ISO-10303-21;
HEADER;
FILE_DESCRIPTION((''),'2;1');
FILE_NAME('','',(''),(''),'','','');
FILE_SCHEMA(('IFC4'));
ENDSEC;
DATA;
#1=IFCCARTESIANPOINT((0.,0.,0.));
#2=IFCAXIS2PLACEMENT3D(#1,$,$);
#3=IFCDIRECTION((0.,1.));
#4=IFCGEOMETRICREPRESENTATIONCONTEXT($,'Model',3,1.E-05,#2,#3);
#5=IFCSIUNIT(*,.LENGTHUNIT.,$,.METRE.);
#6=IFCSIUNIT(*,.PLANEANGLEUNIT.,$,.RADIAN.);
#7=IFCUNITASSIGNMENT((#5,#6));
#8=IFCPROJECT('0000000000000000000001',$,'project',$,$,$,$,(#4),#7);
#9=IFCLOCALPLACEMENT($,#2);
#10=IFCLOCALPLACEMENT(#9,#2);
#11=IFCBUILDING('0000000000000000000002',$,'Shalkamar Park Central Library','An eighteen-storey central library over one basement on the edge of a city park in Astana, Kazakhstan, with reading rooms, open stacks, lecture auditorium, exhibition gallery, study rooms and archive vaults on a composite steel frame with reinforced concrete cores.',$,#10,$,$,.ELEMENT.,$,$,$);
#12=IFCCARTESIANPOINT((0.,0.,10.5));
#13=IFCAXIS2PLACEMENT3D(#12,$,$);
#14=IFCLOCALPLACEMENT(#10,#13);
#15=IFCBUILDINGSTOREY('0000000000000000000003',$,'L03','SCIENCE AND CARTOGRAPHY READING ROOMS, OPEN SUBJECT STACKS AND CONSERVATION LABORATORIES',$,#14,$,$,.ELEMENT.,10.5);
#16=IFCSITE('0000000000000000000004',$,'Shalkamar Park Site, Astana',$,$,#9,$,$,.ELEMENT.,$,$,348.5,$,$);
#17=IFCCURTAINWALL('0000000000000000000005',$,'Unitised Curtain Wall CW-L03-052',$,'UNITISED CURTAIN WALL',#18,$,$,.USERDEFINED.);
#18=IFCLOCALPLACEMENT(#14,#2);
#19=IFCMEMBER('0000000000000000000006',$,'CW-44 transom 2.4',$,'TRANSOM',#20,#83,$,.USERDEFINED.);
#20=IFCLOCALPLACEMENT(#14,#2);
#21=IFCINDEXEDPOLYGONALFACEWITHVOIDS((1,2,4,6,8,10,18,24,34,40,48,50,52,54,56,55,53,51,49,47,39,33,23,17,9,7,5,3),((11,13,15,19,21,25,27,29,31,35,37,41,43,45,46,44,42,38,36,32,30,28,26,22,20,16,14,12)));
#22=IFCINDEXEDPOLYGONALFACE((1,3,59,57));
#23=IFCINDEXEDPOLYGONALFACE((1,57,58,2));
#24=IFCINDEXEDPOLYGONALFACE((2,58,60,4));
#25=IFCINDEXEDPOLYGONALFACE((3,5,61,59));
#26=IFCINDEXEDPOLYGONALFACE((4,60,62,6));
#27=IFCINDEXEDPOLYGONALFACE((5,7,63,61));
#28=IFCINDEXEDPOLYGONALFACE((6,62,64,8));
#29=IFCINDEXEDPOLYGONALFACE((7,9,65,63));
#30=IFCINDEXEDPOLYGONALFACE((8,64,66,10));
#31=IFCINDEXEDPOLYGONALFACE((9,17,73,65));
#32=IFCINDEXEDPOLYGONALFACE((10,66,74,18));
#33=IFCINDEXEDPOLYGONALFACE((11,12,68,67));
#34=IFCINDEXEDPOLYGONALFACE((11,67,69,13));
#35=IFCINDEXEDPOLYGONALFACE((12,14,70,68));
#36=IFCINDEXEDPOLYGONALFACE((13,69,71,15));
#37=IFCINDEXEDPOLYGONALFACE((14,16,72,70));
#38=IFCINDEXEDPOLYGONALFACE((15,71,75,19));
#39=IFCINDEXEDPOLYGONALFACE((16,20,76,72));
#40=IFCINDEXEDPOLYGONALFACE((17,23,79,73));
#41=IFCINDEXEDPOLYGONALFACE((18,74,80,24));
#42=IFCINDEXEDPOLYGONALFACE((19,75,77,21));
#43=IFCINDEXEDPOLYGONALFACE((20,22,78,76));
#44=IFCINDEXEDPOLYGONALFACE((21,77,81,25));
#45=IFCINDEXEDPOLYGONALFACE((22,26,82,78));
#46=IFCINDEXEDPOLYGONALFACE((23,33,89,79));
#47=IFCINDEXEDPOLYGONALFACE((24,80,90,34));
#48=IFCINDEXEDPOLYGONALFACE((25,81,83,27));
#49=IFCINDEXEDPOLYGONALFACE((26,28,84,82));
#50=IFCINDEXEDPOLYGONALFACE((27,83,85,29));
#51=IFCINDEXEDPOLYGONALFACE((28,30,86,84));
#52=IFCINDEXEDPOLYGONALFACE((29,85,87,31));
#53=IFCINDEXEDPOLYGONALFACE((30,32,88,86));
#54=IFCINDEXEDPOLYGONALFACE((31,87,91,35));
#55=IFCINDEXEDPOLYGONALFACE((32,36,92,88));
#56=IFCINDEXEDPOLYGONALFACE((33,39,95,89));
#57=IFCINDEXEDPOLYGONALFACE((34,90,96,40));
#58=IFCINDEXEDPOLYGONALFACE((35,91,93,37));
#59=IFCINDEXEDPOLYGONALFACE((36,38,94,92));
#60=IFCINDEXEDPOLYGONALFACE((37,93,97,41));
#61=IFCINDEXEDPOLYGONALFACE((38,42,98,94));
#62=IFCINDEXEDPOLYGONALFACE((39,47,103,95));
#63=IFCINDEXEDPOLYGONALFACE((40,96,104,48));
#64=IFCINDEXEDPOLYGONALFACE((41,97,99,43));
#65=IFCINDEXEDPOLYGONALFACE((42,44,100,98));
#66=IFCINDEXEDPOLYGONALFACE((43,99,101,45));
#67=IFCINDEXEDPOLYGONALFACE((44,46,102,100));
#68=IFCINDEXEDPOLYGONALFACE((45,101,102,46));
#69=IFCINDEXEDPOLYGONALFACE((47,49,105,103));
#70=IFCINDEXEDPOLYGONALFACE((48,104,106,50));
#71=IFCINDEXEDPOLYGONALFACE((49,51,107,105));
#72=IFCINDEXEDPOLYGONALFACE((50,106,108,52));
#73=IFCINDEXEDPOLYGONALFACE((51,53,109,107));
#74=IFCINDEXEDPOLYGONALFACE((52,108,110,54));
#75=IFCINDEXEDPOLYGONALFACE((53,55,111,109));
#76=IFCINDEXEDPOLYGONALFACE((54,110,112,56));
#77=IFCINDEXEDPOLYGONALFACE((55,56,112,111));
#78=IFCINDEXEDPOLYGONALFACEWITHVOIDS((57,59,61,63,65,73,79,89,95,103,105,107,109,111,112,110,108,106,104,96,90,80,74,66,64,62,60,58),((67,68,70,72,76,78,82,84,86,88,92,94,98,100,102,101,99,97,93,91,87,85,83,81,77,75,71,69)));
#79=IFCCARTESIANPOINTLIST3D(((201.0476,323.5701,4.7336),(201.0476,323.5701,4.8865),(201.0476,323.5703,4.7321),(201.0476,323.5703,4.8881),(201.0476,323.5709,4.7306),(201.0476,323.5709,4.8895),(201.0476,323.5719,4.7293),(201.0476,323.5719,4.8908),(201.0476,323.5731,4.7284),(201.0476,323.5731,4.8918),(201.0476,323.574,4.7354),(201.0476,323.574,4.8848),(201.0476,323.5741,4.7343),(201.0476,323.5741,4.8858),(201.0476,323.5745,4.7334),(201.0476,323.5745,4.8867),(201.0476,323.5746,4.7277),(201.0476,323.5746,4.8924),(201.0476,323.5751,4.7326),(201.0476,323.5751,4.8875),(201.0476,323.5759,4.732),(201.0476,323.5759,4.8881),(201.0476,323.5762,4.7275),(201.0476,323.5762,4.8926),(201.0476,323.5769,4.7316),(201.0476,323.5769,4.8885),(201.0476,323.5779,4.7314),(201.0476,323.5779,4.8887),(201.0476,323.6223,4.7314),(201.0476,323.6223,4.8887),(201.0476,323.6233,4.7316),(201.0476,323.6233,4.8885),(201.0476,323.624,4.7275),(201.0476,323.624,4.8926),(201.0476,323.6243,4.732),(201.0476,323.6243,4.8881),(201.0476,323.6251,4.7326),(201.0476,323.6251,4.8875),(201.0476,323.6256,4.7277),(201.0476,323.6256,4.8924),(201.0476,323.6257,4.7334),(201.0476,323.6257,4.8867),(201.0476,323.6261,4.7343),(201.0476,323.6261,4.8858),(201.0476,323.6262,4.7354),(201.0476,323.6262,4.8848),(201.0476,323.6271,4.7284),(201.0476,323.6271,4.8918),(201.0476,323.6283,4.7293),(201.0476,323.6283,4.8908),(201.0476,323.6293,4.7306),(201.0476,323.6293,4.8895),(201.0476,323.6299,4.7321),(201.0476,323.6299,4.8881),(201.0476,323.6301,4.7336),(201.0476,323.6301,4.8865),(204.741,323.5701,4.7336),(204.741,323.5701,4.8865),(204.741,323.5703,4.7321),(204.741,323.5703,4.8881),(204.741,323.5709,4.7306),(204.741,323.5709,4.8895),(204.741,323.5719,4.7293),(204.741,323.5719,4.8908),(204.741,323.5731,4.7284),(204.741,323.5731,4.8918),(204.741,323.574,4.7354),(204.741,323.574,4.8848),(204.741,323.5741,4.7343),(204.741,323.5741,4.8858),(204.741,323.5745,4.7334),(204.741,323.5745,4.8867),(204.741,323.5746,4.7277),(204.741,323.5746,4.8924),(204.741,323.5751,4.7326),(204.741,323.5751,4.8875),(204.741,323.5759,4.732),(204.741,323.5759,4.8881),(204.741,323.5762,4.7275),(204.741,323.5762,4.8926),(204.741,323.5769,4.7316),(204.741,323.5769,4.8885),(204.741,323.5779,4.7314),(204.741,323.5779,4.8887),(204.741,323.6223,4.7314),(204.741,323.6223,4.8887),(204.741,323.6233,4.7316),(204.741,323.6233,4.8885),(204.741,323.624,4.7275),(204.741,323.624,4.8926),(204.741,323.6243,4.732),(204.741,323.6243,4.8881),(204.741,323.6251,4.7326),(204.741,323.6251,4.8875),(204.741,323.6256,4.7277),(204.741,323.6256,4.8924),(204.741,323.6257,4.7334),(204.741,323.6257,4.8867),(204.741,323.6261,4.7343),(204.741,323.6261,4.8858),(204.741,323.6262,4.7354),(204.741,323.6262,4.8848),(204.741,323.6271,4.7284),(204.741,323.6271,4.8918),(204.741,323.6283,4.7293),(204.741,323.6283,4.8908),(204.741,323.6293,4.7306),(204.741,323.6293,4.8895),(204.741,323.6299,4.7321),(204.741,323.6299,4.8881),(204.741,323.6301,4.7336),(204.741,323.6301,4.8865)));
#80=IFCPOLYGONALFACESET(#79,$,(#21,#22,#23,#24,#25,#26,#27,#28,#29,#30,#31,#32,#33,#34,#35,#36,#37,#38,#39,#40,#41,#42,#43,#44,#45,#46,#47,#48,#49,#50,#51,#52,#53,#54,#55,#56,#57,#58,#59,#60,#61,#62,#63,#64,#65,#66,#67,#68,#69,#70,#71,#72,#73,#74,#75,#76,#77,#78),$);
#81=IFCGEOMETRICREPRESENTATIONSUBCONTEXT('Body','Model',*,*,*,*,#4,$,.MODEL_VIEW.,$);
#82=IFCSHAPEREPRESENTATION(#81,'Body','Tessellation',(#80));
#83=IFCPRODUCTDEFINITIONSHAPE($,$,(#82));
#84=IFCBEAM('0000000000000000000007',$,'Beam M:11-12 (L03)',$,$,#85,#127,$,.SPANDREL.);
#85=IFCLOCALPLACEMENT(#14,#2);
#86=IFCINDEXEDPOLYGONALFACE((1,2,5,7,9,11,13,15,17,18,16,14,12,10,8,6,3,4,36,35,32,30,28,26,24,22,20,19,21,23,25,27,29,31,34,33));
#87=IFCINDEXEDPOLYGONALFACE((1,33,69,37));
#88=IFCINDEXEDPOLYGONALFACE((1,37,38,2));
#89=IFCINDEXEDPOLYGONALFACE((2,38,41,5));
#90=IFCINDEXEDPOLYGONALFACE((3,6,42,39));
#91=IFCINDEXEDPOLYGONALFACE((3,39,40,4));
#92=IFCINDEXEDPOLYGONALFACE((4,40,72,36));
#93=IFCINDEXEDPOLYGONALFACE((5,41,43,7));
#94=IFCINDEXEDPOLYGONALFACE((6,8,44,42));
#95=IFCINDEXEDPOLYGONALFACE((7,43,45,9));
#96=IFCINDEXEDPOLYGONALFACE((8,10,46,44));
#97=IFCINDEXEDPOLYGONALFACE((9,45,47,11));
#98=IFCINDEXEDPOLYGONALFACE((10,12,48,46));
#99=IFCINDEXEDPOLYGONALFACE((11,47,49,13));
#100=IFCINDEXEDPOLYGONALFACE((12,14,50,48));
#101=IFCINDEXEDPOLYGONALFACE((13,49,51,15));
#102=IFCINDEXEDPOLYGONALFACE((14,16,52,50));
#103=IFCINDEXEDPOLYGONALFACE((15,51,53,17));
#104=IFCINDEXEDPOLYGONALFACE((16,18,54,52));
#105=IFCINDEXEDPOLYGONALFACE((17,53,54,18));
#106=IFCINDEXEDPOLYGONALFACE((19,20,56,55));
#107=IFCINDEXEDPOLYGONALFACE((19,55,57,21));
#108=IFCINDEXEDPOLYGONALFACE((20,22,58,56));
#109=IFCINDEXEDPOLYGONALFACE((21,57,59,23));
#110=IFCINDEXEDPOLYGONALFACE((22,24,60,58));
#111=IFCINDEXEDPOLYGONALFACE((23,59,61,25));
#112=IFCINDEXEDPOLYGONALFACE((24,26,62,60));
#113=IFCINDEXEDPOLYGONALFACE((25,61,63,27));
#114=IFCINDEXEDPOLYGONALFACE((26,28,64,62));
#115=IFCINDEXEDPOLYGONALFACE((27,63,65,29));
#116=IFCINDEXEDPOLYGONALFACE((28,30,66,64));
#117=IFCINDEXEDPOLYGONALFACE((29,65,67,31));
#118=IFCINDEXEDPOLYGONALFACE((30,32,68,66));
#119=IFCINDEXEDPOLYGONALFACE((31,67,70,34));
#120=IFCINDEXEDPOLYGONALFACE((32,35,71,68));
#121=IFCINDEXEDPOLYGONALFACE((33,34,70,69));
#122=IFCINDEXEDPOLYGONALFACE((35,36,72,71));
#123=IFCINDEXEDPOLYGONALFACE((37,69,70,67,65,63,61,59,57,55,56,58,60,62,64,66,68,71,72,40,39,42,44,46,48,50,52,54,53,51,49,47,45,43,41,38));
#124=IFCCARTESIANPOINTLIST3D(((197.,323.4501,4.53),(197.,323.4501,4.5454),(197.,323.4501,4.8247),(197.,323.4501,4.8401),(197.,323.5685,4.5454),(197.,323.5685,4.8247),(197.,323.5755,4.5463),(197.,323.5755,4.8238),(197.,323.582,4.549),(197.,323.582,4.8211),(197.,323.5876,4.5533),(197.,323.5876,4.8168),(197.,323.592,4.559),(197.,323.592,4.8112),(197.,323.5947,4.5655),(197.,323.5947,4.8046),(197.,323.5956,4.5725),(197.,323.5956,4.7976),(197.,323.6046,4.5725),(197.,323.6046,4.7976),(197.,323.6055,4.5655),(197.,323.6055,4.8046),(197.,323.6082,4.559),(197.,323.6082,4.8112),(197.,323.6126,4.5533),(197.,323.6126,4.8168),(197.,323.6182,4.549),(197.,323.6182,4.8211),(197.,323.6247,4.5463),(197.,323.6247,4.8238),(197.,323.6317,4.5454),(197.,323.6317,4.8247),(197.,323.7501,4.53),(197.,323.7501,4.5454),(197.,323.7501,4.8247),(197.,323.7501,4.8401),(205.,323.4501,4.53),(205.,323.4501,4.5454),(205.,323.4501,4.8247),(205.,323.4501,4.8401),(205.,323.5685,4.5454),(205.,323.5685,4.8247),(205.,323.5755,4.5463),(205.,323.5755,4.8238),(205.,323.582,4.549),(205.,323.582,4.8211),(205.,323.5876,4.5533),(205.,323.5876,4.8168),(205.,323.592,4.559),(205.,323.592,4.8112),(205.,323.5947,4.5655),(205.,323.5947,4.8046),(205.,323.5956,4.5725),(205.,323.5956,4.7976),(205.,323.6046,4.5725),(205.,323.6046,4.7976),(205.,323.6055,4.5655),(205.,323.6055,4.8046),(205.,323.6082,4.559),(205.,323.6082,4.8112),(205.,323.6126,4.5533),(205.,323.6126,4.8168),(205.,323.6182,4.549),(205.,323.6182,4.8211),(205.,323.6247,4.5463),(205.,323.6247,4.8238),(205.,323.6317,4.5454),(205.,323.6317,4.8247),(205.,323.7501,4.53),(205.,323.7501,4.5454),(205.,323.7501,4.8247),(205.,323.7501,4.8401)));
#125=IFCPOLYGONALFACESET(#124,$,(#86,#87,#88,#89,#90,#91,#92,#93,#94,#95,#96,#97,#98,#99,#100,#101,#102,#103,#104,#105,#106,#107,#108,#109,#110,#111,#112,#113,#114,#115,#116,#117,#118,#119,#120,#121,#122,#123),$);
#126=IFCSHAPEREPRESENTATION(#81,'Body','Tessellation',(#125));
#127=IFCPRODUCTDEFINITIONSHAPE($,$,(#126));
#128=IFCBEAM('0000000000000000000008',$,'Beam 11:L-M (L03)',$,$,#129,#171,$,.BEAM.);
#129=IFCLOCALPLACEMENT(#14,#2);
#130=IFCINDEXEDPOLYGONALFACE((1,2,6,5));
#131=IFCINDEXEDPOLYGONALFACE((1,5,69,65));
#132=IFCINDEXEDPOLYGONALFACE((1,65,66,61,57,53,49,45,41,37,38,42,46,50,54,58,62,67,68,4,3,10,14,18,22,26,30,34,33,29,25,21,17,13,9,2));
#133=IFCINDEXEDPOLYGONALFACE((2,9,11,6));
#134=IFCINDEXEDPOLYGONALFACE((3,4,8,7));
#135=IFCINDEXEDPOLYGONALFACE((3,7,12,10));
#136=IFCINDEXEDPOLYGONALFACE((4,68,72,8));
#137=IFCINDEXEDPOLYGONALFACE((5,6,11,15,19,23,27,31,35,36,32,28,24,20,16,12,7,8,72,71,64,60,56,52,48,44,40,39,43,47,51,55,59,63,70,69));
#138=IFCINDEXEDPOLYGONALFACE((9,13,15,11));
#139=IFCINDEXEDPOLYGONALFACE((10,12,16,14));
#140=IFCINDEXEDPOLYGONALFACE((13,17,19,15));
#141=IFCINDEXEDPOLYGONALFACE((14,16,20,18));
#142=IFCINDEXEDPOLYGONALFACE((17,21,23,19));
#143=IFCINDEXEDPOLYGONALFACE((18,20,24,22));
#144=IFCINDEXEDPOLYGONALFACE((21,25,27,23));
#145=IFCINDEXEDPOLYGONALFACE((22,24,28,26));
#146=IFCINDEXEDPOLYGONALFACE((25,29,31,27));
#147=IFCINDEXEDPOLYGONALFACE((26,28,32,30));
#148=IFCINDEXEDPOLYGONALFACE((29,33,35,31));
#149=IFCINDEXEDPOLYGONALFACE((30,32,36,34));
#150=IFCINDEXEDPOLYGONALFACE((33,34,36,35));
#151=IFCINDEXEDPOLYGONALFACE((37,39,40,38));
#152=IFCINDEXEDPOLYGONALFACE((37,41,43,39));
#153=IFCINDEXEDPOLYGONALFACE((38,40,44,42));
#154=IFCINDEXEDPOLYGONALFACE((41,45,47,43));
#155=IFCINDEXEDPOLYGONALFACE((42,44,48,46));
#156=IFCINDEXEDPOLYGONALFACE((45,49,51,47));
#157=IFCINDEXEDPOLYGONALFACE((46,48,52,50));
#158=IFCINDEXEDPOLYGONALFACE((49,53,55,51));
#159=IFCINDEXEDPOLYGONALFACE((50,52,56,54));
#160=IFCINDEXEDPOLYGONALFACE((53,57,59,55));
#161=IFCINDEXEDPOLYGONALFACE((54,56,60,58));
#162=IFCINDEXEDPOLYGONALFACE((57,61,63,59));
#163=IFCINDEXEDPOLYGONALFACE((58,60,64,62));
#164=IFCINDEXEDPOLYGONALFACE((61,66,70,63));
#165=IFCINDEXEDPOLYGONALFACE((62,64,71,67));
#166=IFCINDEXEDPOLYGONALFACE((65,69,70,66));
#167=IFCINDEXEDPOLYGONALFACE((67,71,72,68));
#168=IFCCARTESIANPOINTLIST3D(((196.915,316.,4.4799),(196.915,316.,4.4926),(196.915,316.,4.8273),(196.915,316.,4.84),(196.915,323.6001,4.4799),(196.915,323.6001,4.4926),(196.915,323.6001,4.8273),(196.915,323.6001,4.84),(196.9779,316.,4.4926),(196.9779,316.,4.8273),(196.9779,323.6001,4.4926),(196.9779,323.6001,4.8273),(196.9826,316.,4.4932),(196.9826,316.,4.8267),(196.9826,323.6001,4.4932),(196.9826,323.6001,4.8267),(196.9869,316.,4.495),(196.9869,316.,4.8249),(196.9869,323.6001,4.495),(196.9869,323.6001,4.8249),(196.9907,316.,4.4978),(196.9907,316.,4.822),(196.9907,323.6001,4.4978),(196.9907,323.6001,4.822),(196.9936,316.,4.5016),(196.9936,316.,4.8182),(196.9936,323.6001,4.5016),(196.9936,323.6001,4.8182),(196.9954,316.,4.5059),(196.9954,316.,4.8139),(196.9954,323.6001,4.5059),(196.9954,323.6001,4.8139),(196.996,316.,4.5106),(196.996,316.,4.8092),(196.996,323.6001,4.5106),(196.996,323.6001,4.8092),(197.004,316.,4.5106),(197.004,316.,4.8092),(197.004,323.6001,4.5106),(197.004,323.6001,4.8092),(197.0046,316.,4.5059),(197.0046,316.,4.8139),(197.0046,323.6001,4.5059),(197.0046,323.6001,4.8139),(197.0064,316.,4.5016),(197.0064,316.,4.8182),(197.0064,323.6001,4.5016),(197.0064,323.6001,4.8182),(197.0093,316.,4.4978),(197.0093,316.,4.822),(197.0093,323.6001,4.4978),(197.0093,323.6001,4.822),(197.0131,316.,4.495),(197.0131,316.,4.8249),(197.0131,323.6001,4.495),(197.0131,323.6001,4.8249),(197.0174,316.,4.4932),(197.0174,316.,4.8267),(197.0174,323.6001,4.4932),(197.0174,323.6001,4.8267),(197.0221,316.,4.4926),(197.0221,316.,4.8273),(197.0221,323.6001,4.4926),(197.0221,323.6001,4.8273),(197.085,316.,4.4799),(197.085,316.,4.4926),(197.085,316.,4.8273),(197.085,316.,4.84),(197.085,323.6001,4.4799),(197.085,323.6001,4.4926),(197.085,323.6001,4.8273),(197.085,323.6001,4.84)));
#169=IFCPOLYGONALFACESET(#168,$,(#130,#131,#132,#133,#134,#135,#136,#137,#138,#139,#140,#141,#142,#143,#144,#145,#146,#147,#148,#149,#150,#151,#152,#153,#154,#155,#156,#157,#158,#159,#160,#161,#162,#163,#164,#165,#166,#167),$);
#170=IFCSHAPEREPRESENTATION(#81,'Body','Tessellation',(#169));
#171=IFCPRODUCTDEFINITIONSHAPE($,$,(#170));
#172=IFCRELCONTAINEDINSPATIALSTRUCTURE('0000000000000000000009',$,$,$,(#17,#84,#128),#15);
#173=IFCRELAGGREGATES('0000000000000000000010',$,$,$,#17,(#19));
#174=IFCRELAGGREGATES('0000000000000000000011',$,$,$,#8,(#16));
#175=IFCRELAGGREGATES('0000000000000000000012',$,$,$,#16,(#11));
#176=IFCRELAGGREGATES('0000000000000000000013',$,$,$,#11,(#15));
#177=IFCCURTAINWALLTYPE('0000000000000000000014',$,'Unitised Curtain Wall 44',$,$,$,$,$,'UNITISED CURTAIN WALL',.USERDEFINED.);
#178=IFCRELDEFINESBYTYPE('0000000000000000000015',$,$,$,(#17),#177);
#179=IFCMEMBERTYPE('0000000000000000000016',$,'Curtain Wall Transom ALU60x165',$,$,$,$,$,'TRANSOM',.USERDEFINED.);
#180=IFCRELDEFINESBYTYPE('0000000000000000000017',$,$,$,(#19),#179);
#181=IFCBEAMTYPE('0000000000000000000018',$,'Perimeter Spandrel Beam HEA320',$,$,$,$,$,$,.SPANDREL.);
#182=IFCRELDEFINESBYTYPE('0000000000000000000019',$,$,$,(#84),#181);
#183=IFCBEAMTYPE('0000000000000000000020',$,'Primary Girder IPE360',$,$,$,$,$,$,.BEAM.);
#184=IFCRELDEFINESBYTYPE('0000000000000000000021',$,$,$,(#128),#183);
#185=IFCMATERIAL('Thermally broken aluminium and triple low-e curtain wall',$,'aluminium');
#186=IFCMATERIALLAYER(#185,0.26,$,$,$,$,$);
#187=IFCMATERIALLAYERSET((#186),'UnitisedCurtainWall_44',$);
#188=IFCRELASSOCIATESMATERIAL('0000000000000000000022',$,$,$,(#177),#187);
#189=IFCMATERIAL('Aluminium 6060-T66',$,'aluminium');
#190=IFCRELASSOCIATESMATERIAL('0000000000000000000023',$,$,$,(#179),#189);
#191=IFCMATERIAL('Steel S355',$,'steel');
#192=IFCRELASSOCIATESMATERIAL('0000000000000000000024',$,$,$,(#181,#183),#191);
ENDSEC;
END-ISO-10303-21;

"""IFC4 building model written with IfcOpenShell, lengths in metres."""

from ifc_helpers import new_model, si_unit, direction, frame, origin, origin_2d, place, context, subcontext, project, spatial, hollow_rectangle, i_section, extrude, material, layer, layer_set, material_profile, profile_set, type_object, element, aggregate, save


model = new_model("IFC4")

# Units and contexts
model_context = context("Model", 3, precision=1e-05, world=origin(), true_north=direction((0.0, 1.0)))
body_context = subcontext(model_context, "Body", "Model", "MODEL_VIEW")
ifc_project = project(units=[si_unit("LENGTHUNIT", "METRE"), si_unit("PLANEANGLEUNIT", "RADIAN")], contexts=[model_context])

# Site, building, storey
site_placement = place(None, origin())
site = spatial("IfcSite", under=ifc_project, at=site_placement, Name="Shalkamar Park Site, Astana", CompositionType="ELEMENT", RefElevation=348.5)
building_placement = place(site_placement, origin())
building = spatial("IfcBuilding", under=site, at=building_placement, Name="Shalkamar Park Central Library", Description="An eighteen-storey central library over one basement on the edge of a city park in Astana, Kazakhstan, with reading rooms, open stacks, lecture auditorium, exhibition gallery, study rooms and archive vaults on a composite steel frame with reinforced concrete cores.", CompositionType="ELEMENT")
storey_placement = place(building_placement, frame((0.0, 0.0, 10.5)))
storey = spatial("IfcBuildingStorey", under=building, at=storey_placement, Name="L03", Description="SCIENCE AND CARTOGRAPHY READING ROOMS, OPEN SUBJECT STACKS AND CONSERVATION LABORATORIES", CompositionType="ELEMENT", Elevation=10.5)

# Shared definitions
ifc_material_1 = material(Name="Steel S355", Category="steel")

# Shared definitions
ifc_material_2 = material(Name="Thermally broken aluminium and triple low-e curtain wall", Category="aluminium")
ifc_material_3 = material(Name="Aluminium 6060-T66", Category="aluminium")

# Curtain wall, member
ifc_layer_1 = layer(ifc_material_2, 0.26)
ifc_layer_set_1 = layer_set([ifc_layer_1], Name="UnitisedCurtainWall_44")
curtain_wall_type_1 = type_object("IfcCurtainWallType", Name="Unitised Curtain Wall 44", ElementType="UNITISED CURTAIN WALL", PredefinedType="USERDEFINED", material=ifc_layer_set_1)
curtain_wall_1_placement = place(storey_placement, origin())
curtain_wall_1 = element("IfcCurtainWall", 1, at=curtain_wall_1_placement, inside=storey, type_object=curtain_wall_type_1, Name="Unitised Curtain Wall CW-L03-052", ObjectType="UNITISED CURTAIN WALL", PredefinedType="USERDEFINED")
ifc_material_profile_1 = material_profile(ifc_material_3, hollow_rectangle(XDim=0.0601, YDim=0.165, WallThickness=0.0039, InnerFilletRadius=0.0039, OuterFilletRadius=0.0061, at=origin_2d()), Name="ALU 60x165x4")
ifc_profile_set_1 = profile_set([ifc_material_profile_1], Name="Aluminium 6060-T66")
member_type_1 = type_object("IfcMemberType", Name="Curtain Wall Transom ALU60x165", ElementType="TRANSOM", PredefinedType="USERDEFINED", material=ifc_profile_set_1)
member_1_placement = place(storey_placement, frame((201.0476, 323.6001, 4.8101), z_axis=(1.0, 0.0, 0.0), x_axis=(0.0, 1.0, 0.0)))
member_1 = element("IfcMember", 2, at=member_1_placement, type_object=member_type_1, Name="CW-44 transom 2.4", ObjectType="TRANSOM", PredefinedType="USERDEFINED", context=body_context, shape_type="SweptSolid", body=[
    extrude(hollow_rectangle(XDim=0.0601, YDim=0.165, WallThickness=0.0039, InnerFilletRadius=0.0039, OuterFilletRadius=0.0061, at=origin_2d()), origin(), (0.0, 0.0, 1.0), 3.6934),
])

# Beams
ifc_material_profile_2 = material_profile(ifc_material_1, i_section(OverallWidth=0.3, OverallDepth=0.3101, WebThickness=0.009, FlangeThickness=0.0154, FilletRadius=0.0271, at=origin_2d()), Name="HEA 320")
ifc_profile_set_2 = profile_set([ifc_material_profile_2], Name="Steel S355")
beam_type_1 = type_object("IfcBeamType", Name="Perimeter Spandrel Beam HEA320", PredefinedType="SPANDREL", material=ifc_profile_set_2)
beam_1_placement = place(storey_placement, frame((197.0, 323.6001, 4.6851), z_axis=(1.0, 0.0, 0.0), x_axis=(0.0, 1.0, 0.0)))
element("IfcBeam", 3, at=beam_1_placement, inside=storey, type_object=beam_type_1, Name="Beam M:11-12 (L03)", PredefinedType="SPANDREL", context=body_context, shape_type="SweptSolid", body=[
    extrude(i_section(OverallWidth=0.3, OverallDepth=0.3101, WebThickness=0.009, FlangeThickness=0.0154, FilletRadius=0.0271, at=origin_2d()), origin(), (0.0, 0.0, 1.0), 8.0),
])
ifc_material_profile_3 = material_profile(ifc_material_1, i_section(OverallWidth=0.1699, OverallDepth=0.3601, WebThickness=0.0081, FlangeThickness=0.0127, FilletRadius=0.0181, at=origin_2d()), Name="IPE 360")
ifc_profile_set_3 = profile_set([ifc_material_profile_3], Name="Steel S355")
beam_type_2 = type_object("IfcBeamType", Name="Primary Girder IPE360", PredefinedType="BEAM", material=ifc_profile_set_3)
beam_2_placement = place(storey_placement, frame((197.0, 316.0, 4.6599), z_axis=(0.0, 1.0, 0.0), x_axis=(-1.0, 0.0, 0.0)))
element("IfcBeam", 4, at=beam_2_placement, inside=storey, type_object=beam_type_2, Name="Beam 11:L-M (L03)", PredefinedType="BEAM", context=body_context, shape_type="SweptSolid", body=[
    extrude(i_section(OverallWidth=0.1699, OverallDepth=0.3601, WebThickness=0.0081, FlangeThickness=0.0127, FilletRadius=0.0181, at=origin_2d()), origin(), (0.0, 0.0, 1.0), 7.6001),
])

aggregate(curtain_wall_1, [member_1])

save(model, "model.ifc")
